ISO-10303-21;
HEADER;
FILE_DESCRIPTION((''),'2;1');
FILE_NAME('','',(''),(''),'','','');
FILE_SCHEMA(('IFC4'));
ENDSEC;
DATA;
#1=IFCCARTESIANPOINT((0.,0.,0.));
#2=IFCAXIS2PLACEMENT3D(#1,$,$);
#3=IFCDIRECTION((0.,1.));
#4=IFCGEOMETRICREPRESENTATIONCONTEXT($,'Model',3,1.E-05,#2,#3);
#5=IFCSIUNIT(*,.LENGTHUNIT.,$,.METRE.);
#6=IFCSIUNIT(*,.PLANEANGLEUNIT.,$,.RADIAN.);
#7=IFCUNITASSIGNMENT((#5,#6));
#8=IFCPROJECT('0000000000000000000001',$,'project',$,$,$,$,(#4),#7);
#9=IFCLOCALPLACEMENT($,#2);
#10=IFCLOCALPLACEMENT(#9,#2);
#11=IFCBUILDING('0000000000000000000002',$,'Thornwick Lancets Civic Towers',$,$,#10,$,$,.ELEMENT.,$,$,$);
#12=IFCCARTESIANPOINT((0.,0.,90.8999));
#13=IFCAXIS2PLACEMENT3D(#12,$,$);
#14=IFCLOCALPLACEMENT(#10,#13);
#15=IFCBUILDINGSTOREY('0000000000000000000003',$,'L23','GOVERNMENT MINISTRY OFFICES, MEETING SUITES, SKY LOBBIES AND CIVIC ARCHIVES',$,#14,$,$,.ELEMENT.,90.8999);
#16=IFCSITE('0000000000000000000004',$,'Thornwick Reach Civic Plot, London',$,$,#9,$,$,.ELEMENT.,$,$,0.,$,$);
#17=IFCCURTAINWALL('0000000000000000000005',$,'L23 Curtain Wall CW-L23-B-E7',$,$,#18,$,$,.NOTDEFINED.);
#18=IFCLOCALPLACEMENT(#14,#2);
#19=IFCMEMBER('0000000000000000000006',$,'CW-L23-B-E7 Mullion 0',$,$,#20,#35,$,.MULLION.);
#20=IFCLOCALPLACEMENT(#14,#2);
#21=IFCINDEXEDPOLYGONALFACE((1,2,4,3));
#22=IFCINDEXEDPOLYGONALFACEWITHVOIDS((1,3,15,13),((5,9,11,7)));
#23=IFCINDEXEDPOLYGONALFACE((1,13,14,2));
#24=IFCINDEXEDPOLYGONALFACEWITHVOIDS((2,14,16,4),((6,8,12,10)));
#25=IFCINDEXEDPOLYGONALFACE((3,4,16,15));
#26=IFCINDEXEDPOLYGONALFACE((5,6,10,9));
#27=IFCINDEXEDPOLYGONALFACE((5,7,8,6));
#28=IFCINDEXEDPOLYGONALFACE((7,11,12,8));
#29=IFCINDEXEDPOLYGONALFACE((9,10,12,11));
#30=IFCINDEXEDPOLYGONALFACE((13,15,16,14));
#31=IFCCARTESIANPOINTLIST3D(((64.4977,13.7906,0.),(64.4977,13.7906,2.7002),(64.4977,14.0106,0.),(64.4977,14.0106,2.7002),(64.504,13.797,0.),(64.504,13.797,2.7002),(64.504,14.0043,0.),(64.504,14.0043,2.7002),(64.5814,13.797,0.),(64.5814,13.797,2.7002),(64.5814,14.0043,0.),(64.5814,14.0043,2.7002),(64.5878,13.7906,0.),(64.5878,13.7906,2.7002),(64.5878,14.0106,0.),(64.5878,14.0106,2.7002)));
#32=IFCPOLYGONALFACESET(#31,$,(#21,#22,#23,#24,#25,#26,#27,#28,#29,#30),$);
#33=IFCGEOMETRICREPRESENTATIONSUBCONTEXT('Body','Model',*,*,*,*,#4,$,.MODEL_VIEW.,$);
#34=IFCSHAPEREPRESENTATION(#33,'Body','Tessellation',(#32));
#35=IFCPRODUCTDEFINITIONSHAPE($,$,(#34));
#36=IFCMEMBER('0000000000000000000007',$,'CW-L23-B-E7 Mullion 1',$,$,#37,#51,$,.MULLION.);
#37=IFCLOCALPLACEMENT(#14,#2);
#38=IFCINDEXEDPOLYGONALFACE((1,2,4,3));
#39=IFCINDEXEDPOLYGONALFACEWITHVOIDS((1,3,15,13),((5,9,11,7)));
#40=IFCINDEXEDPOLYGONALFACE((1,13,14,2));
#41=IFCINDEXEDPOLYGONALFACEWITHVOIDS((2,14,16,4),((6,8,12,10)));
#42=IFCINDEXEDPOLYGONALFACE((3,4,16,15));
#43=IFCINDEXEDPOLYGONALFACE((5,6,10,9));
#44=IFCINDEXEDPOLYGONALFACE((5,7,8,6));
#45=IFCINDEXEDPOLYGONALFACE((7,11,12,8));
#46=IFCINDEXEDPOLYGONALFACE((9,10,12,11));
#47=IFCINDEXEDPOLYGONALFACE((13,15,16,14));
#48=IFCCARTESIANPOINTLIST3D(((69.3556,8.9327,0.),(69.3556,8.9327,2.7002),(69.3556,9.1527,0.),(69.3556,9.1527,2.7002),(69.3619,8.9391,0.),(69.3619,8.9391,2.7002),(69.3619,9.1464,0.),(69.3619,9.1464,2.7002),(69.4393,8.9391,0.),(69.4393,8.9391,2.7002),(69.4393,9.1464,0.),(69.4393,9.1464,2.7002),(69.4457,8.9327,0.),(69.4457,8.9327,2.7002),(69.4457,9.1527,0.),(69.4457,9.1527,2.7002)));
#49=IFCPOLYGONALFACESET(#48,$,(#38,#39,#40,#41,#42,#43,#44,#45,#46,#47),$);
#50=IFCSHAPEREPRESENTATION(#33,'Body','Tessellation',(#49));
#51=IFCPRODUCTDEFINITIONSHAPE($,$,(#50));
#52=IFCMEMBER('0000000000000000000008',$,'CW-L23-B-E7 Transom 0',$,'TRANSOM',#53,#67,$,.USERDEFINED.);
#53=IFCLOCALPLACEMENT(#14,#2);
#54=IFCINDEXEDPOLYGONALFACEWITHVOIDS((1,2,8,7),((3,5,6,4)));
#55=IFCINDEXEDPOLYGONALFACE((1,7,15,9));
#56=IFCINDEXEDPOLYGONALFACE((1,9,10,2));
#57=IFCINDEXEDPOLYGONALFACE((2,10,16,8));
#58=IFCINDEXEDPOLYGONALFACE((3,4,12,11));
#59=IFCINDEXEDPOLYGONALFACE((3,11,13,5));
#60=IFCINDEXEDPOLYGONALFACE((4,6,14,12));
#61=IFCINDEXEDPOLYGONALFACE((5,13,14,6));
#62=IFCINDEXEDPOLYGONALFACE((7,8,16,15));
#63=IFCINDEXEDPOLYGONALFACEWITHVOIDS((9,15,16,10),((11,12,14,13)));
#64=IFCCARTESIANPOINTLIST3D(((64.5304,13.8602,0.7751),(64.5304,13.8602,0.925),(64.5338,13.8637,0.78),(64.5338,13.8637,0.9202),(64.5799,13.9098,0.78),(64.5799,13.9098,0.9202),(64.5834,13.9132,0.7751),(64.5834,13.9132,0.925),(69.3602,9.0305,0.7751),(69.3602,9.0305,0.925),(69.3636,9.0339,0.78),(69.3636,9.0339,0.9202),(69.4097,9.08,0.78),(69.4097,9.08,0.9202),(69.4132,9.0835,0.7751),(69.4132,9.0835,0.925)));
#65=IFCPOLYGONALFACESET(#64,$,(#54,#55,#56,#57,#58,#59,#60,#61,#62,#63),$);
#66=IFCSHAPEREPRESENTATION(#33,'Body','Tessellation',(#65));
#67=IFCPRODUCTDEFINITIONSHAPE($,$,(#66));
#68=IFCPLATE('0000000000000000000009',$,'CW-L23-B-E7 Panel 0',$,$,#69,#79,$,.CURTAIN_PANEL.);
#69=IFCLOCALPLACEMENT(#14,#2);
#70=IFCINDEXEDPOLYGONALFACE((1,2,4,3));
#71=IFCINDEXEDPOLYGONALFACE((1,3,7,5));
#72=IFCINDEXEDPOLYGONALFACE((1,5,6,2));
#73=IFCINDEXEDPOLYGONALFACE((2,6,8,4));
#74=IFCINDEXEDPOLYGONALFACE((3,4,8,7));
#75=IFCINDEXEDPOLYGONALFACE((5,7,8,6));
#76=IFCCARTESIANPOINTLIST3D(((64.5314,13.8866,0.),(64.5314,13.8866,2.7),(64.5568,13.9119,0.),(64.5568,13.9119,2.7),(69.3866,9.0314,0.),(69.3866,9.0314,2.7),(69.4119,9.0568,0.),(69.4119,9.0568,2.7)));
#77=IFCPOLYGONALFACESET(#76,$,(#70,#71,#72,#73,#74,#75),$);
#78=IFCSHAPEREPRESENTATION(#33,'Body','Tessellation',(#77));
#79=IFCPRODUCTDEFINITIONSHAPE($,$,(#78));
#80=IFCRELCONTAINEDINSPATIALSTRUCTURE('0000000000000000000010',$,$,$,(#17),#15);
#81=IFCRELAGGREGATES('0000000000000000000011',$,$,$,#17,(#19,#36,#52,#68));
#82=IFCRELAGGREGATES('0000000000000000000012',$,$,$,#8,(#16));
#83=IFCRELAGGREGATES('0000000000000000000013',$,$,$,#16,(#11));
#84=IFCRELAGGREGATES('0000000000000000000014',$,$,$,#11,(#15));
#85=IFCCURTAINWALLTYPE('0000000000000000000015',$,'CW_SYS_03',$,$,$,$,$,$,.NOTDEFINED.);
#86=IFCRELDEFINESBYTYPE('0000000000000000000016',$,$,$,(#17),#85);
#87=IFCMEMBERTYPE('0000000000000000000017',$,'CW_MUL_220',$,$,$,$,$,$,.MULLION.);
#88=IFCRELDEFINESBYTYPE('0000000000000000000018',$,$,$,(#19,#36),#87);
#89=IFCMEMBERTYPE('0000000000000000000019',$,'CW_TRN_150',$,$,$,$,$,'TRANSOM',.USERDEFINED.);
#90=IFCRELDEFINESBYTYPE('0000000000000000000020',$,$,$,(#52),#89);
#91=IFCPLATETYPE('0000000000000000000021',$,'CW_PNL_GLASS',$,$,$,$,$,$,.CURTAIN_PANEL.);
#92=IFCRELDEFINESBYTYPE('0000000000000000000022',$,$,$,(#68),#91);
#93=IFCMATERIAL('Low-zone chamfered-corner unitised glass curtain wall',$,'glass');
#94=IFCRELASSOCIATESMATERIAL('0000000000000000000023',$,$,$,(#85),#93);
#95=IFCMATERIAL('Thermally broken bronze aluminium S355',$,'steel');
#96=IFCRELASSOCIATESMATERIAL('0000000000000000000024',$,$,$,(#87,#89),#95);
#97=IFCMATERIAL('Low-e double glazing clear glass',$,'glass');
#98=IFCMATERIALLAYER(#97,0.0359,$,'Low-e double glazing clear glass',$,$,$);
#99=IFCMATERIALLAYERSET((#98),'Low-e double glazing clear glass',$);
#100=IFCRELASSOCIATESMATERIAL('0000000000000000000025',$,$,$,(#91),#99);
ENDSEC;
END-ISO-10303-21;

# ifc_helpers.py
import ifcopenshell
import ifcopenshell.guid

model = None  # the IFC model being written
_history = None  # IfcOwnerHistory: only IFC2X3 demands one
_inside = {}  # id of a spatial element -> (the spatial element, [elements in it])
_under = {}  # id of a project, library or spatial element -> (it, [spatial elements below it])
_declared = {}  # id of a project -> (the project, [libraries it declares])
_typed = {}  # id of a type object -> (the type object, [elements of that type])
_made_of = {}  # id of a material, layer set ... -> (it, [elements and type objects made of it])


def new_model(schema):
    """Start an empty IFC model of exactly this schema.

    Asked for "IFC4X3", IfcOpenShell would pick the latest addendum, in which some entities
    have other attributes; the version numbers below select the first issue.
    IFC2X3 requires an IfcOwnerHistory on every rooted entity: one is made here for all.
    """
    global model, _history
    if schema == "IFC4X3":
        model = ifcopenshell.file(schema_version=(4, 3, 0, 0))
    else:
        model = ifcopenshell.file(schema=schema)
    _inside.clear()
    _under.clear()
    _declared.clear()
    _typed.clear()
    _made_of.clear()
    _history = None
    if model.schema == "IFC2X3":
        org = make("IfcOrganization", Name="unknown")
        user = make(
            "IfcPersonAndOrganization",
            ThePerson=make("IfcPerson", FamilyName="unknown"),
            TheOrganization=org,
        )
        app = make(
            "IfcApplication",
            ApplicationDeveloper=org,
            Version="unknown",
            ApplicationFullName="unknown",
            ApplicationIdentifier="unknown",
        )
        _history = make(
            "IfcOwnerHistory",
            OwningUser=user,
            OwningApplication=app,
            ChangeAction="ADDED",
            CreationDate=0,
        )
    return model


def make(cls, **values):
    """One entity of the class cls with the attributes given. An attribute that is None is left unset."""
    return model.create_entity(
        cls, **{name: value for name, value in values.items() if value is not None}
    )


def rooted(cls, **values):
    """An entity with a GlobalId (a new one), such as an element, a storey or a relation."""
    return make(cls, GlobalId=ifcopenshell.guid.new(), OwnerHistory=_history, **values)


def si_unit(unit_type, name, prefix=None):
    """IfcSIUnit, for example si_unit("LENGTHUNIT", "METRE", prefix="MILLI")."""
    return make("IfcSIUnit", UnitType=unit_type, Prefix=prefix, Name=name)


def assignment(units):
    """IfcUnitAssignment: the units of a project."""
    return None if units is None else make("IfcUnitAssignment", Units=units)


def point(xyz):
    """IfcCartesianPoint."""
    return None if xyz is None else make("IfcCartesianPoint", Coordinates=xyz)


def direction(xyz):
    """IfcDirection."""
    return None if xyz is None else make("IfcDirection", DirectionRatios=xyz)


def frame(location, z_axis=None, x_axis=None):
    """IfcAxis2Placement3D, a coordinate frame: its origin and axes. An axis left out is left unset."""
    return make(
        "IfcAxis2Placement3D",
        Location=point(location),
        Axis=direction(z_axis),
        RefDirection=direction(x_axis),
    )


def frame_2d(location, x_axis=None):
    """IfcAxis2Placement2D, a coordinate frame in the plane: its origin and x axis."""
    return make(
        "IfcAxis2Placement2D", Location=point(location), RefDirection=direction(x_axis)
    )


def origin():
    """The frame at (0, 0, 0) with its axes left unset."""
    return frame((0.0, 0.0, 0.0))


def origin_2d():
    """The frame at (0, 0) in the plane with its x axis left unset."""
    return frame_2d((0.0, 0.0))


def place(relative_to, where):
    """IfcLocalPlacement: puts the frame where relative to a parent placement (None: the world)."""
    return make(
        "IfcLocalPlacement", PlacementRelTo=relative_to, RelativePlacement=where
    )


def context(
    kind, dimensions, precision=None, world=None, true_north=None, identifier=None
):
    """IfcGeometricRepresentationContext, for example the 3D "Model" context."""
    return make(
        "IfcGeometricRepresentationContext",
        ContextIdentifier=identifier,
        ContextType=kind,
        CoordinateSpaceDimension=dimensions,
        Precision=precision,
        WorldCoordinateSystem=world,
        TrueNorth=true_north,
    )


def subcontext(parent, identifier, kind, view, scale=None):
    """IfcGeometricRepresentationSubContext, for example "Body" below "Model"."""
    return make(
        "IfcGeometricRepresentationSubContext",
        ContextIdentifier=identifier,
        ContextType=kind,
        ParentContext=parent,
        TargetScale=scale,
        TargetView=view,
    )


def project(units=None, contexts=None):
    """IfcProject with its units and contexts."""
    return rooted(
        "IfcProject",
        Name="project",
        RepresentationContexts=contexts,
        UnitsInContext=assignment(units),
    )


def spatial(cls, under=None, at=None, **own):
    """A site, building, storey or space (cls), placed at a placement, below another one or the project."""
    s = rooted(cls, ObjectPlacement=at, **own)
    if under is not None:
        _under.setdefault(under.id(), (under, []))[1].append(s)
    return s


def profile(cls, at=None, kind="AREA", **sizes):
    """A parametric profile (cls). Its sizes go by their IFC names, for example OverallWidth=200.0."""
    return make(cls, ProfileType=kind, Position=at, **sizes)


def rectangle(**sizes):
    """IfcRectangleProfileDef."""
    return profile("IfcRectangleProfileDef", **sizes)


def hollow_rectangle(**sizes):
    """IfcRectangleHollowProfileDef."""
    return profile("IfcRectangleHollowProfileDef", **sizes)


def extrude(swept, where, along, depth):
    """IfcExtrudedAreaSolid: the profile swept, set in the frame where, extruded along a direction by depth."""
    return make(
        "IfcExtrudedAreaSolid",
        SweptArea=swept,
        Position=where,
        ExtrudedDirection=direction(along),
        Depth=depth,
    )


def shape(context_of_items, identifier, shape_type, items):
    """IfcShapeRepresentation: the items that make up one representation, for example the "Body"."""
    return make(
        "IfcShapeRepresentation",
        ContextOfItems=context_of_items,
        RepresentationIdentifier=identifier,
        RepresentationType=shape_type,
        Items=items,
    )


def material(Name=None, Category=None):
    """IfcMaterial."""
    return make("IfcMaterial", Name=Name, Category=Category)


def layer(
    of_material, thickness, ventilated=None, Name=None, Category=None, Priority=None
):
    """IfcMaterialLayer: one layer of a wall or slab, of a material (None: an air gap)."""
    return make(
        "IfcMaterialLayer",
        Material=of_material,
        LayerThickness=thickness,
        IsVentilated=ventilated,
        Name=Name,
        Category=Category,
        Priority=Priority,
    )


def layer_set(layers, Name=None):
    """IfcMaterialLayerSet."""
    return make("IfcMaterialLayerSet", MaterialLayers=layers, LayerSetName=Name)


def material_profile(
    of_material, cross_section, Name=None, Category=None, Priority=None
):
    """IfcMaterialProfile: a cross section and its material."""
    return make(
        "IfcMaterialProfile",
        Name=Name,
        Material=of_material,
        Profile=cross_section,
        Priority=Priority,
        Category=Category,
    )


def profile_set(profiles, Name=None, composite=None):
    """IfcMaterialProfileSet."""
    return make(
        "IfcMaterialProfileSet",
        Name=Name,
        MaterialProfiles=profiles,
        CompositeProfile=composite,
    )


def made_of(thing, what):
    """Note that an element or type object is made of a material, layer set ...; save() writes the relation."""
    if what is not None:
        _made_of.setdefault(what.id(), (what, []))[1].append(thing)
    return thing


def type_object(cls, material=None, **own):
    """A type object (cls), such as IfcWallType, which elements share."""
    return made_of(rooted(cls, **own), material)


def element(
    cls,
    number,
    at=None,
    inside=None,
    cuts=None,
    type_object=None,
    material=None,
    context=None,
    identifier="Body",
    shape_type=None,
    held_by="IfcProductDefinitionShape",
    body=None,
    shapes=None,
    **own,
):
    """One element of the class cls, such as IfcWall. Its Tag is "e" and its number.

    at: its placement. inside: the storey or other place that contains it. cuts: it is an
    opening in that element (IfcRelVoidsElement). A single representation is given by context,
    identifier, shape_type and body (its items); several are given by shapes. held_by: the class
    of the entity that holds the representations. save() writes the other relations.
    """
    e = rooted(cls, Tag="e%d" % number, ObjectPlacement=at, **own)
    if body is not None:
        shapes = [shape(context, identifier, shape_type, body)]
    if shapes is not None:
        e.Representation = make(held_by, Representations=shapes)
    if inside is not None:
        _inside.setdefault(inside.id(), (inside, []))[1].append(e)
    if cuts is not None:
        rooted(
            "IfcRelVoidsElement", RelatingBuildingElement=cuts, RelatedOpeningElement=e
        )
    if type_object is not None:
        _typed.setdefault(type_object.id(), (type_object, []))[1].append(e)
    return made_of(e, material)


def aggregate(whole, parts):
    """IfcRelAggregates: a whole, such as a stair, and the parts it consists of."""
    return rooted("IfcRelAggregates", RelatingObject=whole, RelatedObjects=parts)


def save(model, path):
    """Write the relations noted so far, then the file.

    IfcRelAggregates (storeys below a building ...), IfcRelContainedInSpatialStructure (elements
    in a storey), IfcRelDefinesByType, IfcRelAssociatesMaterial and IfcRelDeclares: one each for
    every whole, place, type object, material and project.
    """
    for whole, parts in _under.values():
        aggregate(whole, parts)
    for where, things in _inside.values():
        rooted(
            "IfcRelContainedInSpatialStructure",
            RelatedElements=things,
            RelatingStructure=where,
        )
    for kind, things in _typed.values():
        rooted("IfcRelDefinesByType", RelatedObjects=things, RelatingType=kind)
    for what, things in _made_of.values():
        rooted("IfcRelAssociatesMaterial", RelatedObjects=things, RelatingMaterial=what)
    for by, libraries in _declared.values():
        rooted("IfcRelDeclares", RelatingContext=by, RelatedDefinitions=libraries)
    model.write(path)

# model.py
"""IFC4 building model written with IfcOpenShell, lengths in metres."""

from ifc_helpers import new_model, si_unit, direction, frame, origin, origin_2d, place, context, subcontext, project, spatial, rectangle, hollow_rectangle, extrude, material, layer, layer_set, material_profile, profile_set, type_object, element, aggregate, save


model = new_model("IFC4")

# Units and contexts
model_context = context("Model", 3, precision=1e-05, world=origin(), true_north=direction((0.0, 1.0)))
body_context = subcontext(model_context, "Body", "Model", "MODEL_VIEW")
ifc_project = project(units=[si_unit("LENGTHUNIT", "METRE"), si_unit("PLANEANGLEUNIT", "RADIAN")], contexts=[model_context])

# Site, building, storey
site_placement = place(None, origin())
site = spatial("IfcSite", under=ifc_project, at=site_placement, Name="Thornwick Reach Civic Plot, London", CompositionType="ELEMENT", RefElevation=0.0)
building_placement = place(site_placement, origin())
building = spatial("IfcBuilding", under=site, at=building_placement, Name="Thornwick Lancets Civic Towers", CompositionType="ELEMENT")
storey_placement = place(building_placement, frame((0.0, 0.0, 90.8999)))
storey = spatial("IfcBuildingStorey", under=building, at=storey_placement, Name="L23", Description="GOVERNMENT MINISTRY OFFICES, MEETING SUITES, SKY LOBBIES AND CIVIC ARCHIVES", CompositionType="ELEMENT", Elevation=90.8999)

# Shared definitions
ifc_material_1 = material(Name="Low-zone chamfered-corner unitised glass curtain wall", Category="glass")
curtain_wall_type = type_object("IfcCurtainWallType", Name="CW_SYS_03", PredefinedType="NOTDEFINED", material=ifc_material_1)
ifc_material_2 = material(Name="Thermally broken bronze aluminium S355", Category="steel")
ifc_material_profile_1 = material_profile(ifc_material_2, hollow_rectangle(XDim=0.0901, YDim=0.22, WallThickness=0.0063, at=origin_2d()), Name="RHS 220x90x6.3")
ifc_profile_set_1 = profile_set([ifc_material_profile_1], Name="Thermally broken bronze aluminium S355")
member_type_1 = type_object("IfcMemberType", Name="CW_MUL_220", PredefinedType="MULLION", material=ifc_profile_set_1)

# Curtain wall, members, plate
curtain_wall_1_placement = place(storey_placement, origin())
curtain_wall_1 = element("IfcCurtainWall", 1, at=curtain_wall_1_placement, inside=storey, type_object=curtain_wall_type, Name="L23 Curtain Wall CW-L23-B-E7", PredefinedType="NOTDEFINED")
member_1_placement = place(storey_placement, frame((64.5427, 13.9006, 0.0), z_axis=(0.0, 0.0, 1.0), x_axis=(1.0, 0.0, 0.0)))
member_1 = element("IfcMember", 2, at=member_1_placement, type_object=member_type_1, Name="CW-L23-B-E7 Mullion 0", PredefinedType="MULLION", context=body_context, shape_type="SweptSolid", body=[
    extrude(hollow_rectangle(XDim=0.0901, YDim=0.22, WallThickness=0.0063, at=origin_2d()), origin(), (0.0, 0.0, 1.0), 2.7002),
])
member_2_placement = place(storey_placement, frame((69.4006, 9.0427, 0.0), z_axis=(0.0, 0.0, 1.0), x_axis=(1.0, 0.0, 0.0)))
member_2 = element("IfcMember", 3, at=member_2_placement, type_object=member_type_1, Name="CW-L23-B-E7 Mullion 1", PredefinedType="MULLION", context=body_context, shape_type="SweptSolid", body=[
    extrude(hollow_rectangle(XDim=0.0901, YDim=0.22, WallThickness=0.0063, at=origin_2d()), origin(), (0.0, 0.0, 1.0), 2.7002),
])
ifc_material_profile_2 = material_profile(ifc_material_2, hollow_rectangle(XDim=0.075, YDim=0.1499, WallThickness=0.0049, at=origin_2d()), Name="RHS 150x75x5")
ifc_profile_set_2 = profile_set([ifc_material_profile_2], Name="Thermally broken bronze aluminium S355")
member_type_2 = type_object("IfcMemberType", Name="CW_TRN_150", ElementType="TRANSOM", PredefinedType="USERDEFINED", material=ifc_profile_set_2)
member_3_placement = place(storey_placement, frame((64.5569, 13.8867, 0.8501), z_axis=(0.707107, -0.707107, 0.0), x_axis=(0.707107, 0.707107, 0.0)))
member_3 = element("IfcMember", 4, at=member_3_placement, type_object=member_type_2, Name="CW-L23-B-E7 Transom 0", ObjectType="TRANSOM", PredefinedType="USERDEFINED", context=body_context, shape_type="SweptSolid", body=[
    extrude(hollow_rectangle(XDim=0.075, YDim=0.1499, WallThickness=0.0049, at=origin_2d()), origin(), (0.0, 0.0, 1.0), 6.8303),
])
ifc_material_3 = material(Name="Low-e double glazing clear glass", Category="glass")
ifc_layer_1 = layer(ifc_material_3, 0.0359, Name="Low-e double glazing clear glass")
ifc_layer_set_1 = layer_set([ifc_layer_1], Name="Low-e double glazing clear glass")
plate_type = type_object("IfcPlateType", Name="CW_PNL_GLASS", PredefinedType="CURTAIN_PANEL", material=ifc_layer_set_1)
plate_placement = place(storey_placement, frame((66.9717, 11.4717, 0.0), z_axis=(0.0, 0.0, 1.0), x_axis=(0.707107, -0.707107, 0.0)))
plate = element("IfcPlate", 5, at=plate_placement, type_object=plate_type, Name="CW-L23-B-E7 Panel 0", PredefinedType="CURTAIN_PANEL", context=body_context, shape_type="SweptSolid", body=[
    extrude(rectangle(XDim=6.8662, YDim=0.0359, at=origin_2d()), origin(), (0.0, 0.0, 1.0), 2.7),
])
aggregate(curtain_wall_1, [member_1, member_2, member_3, plate])

save(model, "model.ifc")
